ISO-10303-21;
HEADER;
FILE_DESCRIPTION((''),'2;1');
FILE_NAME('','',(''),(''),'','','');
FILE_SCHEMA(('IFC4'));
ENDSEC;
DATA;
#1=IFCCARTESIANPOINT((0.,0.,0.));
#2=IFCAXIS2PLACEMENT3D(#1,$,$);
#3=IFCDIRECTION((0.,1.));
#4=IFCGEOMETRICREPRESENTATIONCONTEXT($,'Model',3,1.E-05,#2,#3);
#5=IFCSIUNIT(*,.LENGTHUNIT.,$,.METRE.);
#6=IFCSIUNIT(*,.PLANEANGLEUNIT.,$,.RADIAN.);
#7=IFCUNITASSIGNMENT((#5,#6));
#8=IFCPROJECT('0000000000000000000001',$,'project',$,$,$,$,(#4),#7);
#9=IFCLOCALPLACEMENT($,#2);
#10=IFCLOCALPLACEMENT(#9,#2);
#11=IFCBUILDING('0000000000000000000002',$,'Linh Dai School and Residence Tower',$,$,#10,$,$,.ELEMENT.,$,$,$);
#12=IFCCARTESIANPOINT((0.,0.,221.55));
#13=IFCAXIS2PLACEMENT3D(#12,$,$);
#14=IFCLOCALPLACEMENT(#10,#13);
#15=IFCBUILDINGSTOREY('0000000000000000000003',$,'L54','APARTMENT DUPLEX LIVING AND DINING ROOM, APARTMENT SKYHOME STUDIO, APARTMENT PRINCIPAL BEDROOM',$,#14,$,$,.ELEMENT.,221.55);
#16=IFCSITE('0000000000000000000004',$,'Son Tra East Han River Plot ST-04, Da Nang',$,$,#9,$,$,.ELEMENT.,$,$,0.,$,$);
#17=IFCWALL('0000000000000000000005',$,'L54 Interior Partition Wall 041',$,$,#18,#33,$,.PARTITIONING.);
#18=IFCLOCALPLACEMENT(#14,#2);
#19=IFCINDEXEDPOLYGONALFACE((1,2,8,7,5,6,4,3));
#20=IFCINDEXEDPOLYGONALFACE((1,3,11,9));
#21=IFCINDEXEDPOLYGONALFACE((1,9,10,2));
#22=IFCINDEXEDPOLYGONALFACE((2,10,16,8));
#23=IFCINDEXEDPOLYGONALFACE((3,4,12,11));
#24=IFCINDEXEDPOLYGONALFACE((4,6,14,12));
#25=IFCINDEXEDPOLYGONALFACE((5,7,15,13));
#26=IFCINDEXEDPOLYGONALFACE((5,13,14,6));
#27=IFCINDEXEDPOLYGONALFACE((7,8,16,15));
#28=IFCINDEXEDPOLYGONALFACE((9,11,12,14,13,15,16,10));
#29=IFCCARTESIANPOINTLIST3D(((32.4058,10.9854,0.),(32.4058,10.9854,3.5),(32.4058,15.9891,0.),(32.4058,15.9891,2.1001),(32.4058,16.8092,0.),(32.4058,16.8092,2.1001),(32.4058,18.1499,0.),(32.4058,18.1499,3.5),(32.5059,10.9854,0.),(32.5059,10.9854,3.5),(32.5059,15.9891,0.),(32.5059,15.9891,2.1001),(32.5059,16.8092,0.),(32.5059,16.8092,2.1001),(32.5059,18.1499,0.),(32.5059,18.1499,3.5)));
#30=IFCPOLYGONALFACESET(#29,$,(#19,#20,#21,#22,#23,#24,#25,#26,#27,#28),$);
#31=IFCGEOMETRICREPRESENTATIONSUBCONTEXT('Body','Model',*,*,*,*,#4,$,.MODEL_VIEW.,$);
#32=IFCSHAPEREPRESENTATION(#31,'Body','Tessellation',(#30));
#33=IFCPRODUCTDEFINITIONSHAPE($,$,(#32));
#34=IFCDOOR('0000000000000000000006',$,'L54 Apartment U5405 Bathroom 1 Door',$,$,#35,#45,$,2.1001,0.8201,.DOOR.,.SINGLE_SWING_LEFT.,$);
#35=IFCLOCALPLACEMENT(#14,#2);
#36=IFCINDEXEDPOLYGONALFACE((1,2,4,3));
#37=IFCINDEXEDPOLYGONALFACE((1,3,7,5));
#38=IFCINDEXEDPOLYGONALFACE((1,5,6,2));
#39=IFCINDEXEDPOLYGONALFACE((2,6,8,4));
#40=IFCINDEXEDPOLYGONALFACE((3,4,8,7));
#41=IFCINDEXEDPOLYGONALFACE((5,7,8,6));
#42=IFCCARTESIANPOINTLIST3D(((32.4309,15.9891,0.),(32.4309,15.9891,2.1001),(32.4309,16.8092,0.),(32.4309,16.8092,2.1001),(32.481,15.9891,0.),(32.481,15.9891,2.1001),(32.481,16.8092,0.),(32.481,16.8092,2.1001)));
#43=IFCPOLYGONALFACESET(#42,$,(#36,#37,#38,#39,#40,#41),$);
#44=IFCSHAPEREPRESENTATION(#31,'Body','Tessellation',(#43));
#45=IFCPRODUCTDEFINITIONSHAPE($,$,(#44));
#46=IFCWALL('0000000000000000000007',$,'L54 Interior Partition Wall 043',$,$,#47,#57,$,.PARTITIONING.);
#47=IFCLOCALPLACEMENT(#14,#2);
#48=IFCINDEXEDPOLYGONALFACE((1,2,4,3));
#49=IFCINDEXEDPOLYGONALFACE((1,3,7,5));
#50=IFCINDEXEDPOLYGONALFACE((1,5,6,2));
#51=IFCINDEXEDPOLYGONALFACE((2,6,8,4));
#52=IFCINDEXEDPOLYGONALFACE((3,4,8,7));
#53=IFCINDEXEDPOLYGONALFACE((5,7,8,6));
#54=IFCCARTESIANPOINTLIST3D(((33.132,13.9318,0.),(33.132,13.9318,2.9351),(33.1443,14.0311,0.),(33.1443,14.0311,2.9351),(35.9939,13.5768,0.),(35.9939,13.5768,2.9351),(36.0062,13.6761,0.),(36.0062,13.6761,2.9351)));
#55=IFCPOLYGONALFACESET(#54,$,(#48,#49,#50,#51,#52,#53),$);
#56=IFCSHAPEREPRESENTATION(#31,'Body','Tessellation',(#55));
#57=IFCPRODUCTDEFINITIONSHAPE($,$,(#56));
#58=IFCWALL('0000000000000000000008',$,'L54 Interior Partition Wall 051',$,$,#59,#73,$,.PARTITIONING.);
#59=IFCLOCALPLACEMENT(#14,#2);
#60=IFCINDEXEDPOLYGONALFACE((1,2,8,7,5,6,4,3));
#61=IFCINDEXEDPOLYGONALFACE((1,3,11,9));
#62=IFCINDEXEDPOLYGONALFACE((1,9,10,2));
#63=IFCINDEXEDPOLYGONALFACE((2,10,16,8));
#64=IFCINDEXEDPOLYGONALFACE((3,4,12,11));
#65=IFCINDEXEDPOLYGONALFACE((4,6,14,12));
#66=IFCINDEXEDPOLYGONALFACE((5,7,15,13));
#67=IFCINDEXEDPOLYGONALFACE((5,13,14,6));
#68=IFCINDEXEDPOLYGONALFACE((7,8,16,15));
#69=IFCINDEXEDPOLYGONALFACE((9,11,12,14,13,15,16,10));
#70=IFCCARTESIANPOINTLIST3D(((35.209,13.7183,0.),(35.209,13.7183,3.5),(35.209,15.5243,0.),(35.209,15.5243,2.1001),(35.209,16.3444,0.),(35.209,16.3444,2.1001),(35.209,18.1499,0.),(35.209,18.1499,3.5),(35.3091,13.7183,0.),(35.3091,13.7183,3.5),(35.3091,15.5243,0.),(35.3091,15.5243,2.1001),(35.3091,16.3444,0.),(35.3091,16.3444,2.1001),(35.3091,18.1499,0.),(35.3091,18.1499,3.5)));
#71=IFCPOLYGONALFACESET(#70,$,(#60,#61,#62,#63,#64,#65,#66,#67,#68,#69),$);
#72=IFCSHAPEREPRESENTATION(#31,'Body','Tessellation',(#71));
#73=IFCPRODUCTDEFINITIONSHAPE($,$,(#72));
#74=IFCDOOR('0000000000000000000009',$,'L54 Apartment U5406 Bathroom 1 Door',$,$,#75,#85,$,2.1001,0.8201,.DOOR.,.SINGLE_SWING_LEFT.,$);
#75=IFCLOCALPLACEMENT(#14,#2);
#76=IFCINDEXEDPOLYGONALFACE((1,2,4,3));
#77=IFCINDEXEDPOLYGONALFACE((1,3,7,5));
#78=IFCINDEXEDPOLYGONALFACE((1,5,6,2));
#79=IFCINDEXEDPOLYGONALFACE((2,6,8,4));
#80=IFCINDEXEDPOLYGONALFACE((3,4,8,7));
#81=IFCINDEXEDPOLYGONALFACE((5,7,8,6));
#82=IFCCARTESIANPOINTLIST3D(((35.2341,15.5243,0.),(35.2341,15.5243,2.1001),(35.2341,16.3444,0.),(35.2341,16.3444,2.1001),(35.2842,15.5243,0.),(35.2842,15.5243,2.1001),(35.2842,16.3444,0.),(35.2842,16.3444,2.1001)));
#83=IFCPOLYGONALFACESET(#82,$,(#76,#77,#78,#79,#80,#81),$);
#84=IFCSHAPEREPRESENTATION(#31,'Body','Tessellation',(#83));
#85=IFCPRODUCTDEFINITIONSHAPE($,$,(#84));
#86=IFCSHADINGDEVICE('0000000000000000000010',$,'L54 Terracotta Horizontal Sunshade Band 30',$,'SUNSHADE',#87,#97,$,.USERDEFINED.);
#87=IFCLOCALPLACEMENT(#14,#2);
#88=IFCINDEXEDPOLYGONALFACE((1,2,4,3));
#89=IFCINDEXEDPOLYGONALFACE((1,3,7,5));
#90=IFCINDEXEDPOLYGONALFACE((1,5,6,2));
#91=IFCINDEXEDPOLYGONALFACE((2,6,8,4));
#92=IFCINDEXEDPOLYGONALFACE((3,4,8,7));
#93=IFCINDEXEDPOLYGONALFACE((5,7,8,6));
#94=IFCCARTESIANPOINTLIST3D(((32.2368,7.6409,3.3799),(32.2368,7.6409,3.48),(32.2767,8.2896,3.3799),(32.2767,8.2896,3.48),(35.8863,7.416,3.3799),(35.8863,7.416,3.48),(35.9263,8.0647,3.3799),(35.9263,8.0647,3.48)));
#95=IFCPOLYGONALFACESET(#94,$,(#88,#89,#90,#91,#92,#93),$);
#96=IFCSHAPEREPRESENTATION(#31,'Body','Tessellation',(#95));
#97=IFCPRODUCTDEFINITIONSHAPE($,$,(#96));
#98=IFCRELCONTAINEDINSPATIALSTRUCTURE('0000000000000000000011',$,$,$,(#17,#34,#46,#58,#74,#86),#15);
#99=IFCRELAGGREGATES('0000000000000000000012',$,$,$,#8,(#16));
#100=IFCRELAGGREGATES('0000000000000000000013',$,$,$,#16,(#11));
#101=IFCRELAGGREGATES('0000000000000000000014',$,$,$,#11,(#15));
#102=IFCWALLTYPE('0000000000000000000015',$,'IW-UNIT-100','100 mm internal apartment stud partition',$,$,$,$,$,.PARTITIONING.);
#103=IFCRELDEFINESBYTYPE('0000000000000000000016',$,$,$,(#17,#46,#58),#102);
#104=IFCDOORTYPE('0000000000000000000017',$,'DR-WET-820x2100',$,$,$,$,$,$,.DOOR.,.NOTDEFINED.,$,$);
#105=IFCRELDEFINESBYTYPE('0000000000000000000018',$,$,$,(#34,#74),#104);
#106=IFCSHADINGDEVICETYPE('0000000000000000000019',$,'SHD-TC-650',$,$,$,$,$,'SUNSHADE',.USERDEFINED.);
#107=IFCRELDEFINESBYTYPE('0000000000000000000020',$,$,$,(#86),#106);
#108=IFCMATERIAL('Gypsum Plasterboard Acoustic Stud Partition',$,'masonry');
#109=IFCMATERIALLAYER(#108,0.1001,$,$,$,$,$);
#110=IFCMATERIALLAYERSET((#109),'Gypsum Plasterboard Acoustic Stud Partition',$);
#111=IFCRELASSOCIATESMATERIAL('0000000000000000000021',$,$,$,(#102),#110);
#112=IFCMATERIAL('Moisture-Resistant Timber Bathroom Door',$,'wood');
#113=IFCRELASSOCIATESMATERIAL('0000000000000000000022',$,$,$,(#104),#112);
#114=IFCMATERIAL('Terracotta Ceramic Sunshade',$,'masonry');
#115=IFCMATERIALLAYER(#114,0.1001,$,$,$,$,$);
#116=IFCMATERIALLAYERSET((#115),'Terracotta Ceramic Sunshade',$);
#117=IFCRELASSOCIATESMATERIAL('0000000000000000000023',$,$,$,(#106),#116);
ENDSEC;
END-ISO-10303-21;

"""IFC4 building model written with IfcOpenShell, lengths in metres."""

from ifc_helpers import new_model, si_unit, direction, frame, frame_2d, origin, origin_2d, place, context, subcontext, project, spatial, rectangle, extrude, source, transform, mapped, material, layer, layer_set, type_object, element, fill, save


model = new_model("IFC4")

# Units and contexts
model_context = context("Model", 3, precision=1e-05, world=origin(), true_north=direction((0.0, 1.0)))
body_context = subcontext(model_context, "Body", "Model", "MODEL_VIEW")
ifc_project = project(units=[si_unit("LENGTHUNIT", "METRE"), si_unit("PLANEANGLEUNIT", "RADIAN")], contexts=[model_context])

# Site, building, storey
site_placement = place(None, origin())
site = spatial("IfcSite", under=ifc_project, at=site_placement, Name="Son Tra East Han River Plot ST-04, Da Nang", CompositionType="ELEMENT", RefElevation=0.0)
building_placement = place(site_placement, origin())
building = spatial("IfcBuilding", under=site, at=building_placement, Name="Linh Dai School and Residence Tower", CompositionType="ELEMENT")
storey_placement = place(building_placement, frame((0.0, 0.0, 221.55)))
storey = spatial("IfcBuildingStorey", under=building, at=storey_placement, Name="L54", Description="APARTMENT DUPLEX LIVING AND DINING ROOM, APARTMENT SKYHOME STUDIO, APARTMENT PRINCIPAL BEDROOM", CompositionType="ELEMENT", Elevation=221.55)

# Shared definitions
ifc_material_1 = material(Name="Gypsum Plasterboard Acoustic Stud Partition", Category="masonry")
ifc_layer_1 = layer(ifc_material_1, 0.1001)
ifc_layer_set_1 = layer_set([ifc_layer_1], Name="Gypsum Plasterboard Acoustic Stud Partition")
wall_type_1 = type_object("IfcWallType", Name="IW-UNIT-100", Description="100 mm internal apartment stud partition", PredefinedType="PARTITIONING", material=ifc_layer_set_1)

# Wall, opening, door
wall_1_placement = place(storey_placement, frame((32.4558, 10.9854, 0.0), z_axis=(0.0, 0.0, 1.0), x_axis=(0.0, 1.0, 0.0)))
wall_1 = element("IfcWall", 1, at=wall_1_placement, inside=storey, type_object=wall_type_1, Name="L54 Interior Partition Wall 041", PredefinedType="PARTITIONING", context=body_context, shape_type="SweptSolid", body=[
    extrude(rectangle(XDim=7.1646, YDim=0.1001, at=frame_2d((3.5823, 0.0))), origin(), (0.0, 0.0, 1.0), 3.5),
])
opening_1_placement = place(wall_1_placement, frame((5.0037, 0.0, 0.0)))
opening_1 = element("IfcOpeningElement", 2, at=opening_1_placement, cuts=wall_1, PredefinedType="OPENING", context=body_context, shape_type="SweptSolid", body=[
    extrude(rectangle(XDim=0.8201, YDim=2.1001, at=origin_2d()), frame((0.4102, 0.0601, 1.05), z_axis=(0.0, -1.0, 0.0), x_axis=(1.0, 0.0, 0.0)), (0.0, 0.0, 1.0), 0.1201),
])
ifc_material_2 = material(Name="Moisture-Resistant Timber Bathroom Door", Category="wood")
door_type_1 = type_object("IfcDoorType", Name="DR-WET-820x2100", OperationType="NOTDEFINED", PredefinedType="DOOR", material=ifc_material_2)
shared_shape_1 = source(origin(), body_context, "Body", "SweptSolid", [
    extrude(rectangle(XDim=0.8201, YDim=2.1001, at=origin_2d()), frame((0.4102, 0.0249, 1.05), z_axis=(0.0, -1.0, 0.0), x_axis=(1.0, 0.0, 0.0)), (0.0, 0.0, 1.0), 0.05),
])
door_1_placement = place(opening_1_placement, origin())
door_1 = element("IfcDoor", 3, at=door_1_placement, inside=storey, type_object=door_type_1, Name="L54 Apartment U5405 Bathroom 1 Door", OperationType="SINGLE_SWING_LEFT", OverallHeight=2.1001, OverallWidth=0.8201, PredefinedType="DOOR", context=body_context, shape_type="MappedRepresentation", body=[
    mapped(shared_shape_1, transform((0.0, 0.0, 0.0), x_axis=(1.0, 0.0, 0.0), y_axis=(0.0, 1.0, 0.0), z_axis=(0.0, 0.0, 1.0), scale=1.0)),
])
fill(opening_1, door_1)

# Wall
wall_2_placement = place(storey_placement, frame((33.1382, 13.9814, 0.0), z_axis=(0.0, 0.0, 1.0), x_axis=(0.992395, -0.123097, 0.0)))
element("IfcWall", 4, at=wall_2_placement, inside=storey, type_object=wall_type_1, Name="L54 Interior Partition Wall 043", PredefinedType="PARTITIONING", context=body_context, shape_type="SweptSolid", body=[
    extrude(rectangle(XDim=2.8838, YDim=0.1001, at=frame_2d((1.4419, 0.0))), origin(), (0.0, 0.0, 1.0), 2.9351),
])

# Wall, opening, door
wall_3_placement = place(storey_placement, frame((35.259, 13.7183, 0.0), z_axis=(0.0, 0.0, 1.0), x_axis=(0.0, 1.0, 0.0)))
wall_3 = element("IfcWall", 5, at=wall_3_placement, inside=storey, type_object=wall_type_1, Name="L54 Interior Partition Wall 051", PredefinedType="PARTITIONING", context=body_context, shape_type="SweptSolid", body=[
    extrude(rectangle(XDim=4.4316, YDim=0.1001, at=frame_2d((2.2158, 0.0))), origin(), (0.0, 0.0, 1.0), 3.5),
])
opening_2_placement = place(wall_3_placement, frame((1.8059, 0.0, 0.0)))
opening_2 = element("IfcOpeningElement", 6, at=opening_2_placement, cuts=wall_3, PredefinedType="OPENING", context=body_context, shape_type="SweptSolid", body=[
    extrude(rectangle(XDim=0.8201, YDim=2.1001, at=origin_2d()), frame((0.4102, 0.0601, 1.05), z_axis=(0.0, -1.0, 0.0), x_axis=(1.0, 0.0, 0.0)), (0.0, 0.0, 1.0), 0.1201),
])
door_2_placement = place(opening_2_placement, origin())
door_2 = element("IfcDoor", 7, at=door_2_placement, inside=storey, type_object=door_type_1, Name="L54 Apartment U5406 Bathroom 1 Door", OperationType="SINGLE_SWING_LEFT", OverallHeight=2.1001, OverallWidth=0.8201, PredefinedType="DOOR", context=body_context, shape_type="MappedRepresentation", body=[
    mapped(shared_shape_1, transform((0.0, 0.0, 0.0), x_axis=(1.0, 0.0, 0.0), y_axis=(0.0, 1.0, 0.0), z_axis=(0.0, 0.0, 1.0), scale=1.0)),
])
fill(opening_2, door_2)

# Shading device
ifc_material_3 = material(Name="Terracotta Ceramic Sunshade", Category="masonry")
ifc_layer_2 = layer(ifc_material_3, 0.1001)
ifc_layer_set_2 = layer_set([ifc_layer_2], Name="Terracotta Ceramic Sunshade")
shading_device_type = type_object("IfcShadingDeviceType", Name="SHD-TC-650", ElementType="SUNSHADE", PredefinedType="USERDEFINED", material=ifc_layer_set_2)
shared_shape_2 = source(origin(), body_context, "Body", "SweptSolid", [
    extrude(rectangle(XDim=3.6565, YDim=0.6499, at=origin_2d()), origin(), (0.0, 0.0, 1.0), 0.1001),
])
shading_device_placement = place(storey_placement, frame((34.0815, 7.8528, 3.3799), z_axis=(0.0, 0.0, 1.0), x_axis=(-0.998107, 0.061504, 0.0)))
element("IfcShadingDevice", 8, at=shading_device_placement, inside=storey, type_object=shading_device_type, Name="L54 Terracotta Horizontal Sunshade Band 30", ObjectType="SUNSHADE", PredefinedType="USERDEFINED", context=body_context, shape_type="MappedRepresentation", body=[
    mapped(shared_shape_2, transform((0.0, 0.0, 0.0), x_axis=(1.0, 0.0, 0.0), y_axis=(0.0, 1.0, 0.0), z_axis=(0.0, 0.0, 1.0), scale=1.0)),
])

save(model, "model.ifc")
